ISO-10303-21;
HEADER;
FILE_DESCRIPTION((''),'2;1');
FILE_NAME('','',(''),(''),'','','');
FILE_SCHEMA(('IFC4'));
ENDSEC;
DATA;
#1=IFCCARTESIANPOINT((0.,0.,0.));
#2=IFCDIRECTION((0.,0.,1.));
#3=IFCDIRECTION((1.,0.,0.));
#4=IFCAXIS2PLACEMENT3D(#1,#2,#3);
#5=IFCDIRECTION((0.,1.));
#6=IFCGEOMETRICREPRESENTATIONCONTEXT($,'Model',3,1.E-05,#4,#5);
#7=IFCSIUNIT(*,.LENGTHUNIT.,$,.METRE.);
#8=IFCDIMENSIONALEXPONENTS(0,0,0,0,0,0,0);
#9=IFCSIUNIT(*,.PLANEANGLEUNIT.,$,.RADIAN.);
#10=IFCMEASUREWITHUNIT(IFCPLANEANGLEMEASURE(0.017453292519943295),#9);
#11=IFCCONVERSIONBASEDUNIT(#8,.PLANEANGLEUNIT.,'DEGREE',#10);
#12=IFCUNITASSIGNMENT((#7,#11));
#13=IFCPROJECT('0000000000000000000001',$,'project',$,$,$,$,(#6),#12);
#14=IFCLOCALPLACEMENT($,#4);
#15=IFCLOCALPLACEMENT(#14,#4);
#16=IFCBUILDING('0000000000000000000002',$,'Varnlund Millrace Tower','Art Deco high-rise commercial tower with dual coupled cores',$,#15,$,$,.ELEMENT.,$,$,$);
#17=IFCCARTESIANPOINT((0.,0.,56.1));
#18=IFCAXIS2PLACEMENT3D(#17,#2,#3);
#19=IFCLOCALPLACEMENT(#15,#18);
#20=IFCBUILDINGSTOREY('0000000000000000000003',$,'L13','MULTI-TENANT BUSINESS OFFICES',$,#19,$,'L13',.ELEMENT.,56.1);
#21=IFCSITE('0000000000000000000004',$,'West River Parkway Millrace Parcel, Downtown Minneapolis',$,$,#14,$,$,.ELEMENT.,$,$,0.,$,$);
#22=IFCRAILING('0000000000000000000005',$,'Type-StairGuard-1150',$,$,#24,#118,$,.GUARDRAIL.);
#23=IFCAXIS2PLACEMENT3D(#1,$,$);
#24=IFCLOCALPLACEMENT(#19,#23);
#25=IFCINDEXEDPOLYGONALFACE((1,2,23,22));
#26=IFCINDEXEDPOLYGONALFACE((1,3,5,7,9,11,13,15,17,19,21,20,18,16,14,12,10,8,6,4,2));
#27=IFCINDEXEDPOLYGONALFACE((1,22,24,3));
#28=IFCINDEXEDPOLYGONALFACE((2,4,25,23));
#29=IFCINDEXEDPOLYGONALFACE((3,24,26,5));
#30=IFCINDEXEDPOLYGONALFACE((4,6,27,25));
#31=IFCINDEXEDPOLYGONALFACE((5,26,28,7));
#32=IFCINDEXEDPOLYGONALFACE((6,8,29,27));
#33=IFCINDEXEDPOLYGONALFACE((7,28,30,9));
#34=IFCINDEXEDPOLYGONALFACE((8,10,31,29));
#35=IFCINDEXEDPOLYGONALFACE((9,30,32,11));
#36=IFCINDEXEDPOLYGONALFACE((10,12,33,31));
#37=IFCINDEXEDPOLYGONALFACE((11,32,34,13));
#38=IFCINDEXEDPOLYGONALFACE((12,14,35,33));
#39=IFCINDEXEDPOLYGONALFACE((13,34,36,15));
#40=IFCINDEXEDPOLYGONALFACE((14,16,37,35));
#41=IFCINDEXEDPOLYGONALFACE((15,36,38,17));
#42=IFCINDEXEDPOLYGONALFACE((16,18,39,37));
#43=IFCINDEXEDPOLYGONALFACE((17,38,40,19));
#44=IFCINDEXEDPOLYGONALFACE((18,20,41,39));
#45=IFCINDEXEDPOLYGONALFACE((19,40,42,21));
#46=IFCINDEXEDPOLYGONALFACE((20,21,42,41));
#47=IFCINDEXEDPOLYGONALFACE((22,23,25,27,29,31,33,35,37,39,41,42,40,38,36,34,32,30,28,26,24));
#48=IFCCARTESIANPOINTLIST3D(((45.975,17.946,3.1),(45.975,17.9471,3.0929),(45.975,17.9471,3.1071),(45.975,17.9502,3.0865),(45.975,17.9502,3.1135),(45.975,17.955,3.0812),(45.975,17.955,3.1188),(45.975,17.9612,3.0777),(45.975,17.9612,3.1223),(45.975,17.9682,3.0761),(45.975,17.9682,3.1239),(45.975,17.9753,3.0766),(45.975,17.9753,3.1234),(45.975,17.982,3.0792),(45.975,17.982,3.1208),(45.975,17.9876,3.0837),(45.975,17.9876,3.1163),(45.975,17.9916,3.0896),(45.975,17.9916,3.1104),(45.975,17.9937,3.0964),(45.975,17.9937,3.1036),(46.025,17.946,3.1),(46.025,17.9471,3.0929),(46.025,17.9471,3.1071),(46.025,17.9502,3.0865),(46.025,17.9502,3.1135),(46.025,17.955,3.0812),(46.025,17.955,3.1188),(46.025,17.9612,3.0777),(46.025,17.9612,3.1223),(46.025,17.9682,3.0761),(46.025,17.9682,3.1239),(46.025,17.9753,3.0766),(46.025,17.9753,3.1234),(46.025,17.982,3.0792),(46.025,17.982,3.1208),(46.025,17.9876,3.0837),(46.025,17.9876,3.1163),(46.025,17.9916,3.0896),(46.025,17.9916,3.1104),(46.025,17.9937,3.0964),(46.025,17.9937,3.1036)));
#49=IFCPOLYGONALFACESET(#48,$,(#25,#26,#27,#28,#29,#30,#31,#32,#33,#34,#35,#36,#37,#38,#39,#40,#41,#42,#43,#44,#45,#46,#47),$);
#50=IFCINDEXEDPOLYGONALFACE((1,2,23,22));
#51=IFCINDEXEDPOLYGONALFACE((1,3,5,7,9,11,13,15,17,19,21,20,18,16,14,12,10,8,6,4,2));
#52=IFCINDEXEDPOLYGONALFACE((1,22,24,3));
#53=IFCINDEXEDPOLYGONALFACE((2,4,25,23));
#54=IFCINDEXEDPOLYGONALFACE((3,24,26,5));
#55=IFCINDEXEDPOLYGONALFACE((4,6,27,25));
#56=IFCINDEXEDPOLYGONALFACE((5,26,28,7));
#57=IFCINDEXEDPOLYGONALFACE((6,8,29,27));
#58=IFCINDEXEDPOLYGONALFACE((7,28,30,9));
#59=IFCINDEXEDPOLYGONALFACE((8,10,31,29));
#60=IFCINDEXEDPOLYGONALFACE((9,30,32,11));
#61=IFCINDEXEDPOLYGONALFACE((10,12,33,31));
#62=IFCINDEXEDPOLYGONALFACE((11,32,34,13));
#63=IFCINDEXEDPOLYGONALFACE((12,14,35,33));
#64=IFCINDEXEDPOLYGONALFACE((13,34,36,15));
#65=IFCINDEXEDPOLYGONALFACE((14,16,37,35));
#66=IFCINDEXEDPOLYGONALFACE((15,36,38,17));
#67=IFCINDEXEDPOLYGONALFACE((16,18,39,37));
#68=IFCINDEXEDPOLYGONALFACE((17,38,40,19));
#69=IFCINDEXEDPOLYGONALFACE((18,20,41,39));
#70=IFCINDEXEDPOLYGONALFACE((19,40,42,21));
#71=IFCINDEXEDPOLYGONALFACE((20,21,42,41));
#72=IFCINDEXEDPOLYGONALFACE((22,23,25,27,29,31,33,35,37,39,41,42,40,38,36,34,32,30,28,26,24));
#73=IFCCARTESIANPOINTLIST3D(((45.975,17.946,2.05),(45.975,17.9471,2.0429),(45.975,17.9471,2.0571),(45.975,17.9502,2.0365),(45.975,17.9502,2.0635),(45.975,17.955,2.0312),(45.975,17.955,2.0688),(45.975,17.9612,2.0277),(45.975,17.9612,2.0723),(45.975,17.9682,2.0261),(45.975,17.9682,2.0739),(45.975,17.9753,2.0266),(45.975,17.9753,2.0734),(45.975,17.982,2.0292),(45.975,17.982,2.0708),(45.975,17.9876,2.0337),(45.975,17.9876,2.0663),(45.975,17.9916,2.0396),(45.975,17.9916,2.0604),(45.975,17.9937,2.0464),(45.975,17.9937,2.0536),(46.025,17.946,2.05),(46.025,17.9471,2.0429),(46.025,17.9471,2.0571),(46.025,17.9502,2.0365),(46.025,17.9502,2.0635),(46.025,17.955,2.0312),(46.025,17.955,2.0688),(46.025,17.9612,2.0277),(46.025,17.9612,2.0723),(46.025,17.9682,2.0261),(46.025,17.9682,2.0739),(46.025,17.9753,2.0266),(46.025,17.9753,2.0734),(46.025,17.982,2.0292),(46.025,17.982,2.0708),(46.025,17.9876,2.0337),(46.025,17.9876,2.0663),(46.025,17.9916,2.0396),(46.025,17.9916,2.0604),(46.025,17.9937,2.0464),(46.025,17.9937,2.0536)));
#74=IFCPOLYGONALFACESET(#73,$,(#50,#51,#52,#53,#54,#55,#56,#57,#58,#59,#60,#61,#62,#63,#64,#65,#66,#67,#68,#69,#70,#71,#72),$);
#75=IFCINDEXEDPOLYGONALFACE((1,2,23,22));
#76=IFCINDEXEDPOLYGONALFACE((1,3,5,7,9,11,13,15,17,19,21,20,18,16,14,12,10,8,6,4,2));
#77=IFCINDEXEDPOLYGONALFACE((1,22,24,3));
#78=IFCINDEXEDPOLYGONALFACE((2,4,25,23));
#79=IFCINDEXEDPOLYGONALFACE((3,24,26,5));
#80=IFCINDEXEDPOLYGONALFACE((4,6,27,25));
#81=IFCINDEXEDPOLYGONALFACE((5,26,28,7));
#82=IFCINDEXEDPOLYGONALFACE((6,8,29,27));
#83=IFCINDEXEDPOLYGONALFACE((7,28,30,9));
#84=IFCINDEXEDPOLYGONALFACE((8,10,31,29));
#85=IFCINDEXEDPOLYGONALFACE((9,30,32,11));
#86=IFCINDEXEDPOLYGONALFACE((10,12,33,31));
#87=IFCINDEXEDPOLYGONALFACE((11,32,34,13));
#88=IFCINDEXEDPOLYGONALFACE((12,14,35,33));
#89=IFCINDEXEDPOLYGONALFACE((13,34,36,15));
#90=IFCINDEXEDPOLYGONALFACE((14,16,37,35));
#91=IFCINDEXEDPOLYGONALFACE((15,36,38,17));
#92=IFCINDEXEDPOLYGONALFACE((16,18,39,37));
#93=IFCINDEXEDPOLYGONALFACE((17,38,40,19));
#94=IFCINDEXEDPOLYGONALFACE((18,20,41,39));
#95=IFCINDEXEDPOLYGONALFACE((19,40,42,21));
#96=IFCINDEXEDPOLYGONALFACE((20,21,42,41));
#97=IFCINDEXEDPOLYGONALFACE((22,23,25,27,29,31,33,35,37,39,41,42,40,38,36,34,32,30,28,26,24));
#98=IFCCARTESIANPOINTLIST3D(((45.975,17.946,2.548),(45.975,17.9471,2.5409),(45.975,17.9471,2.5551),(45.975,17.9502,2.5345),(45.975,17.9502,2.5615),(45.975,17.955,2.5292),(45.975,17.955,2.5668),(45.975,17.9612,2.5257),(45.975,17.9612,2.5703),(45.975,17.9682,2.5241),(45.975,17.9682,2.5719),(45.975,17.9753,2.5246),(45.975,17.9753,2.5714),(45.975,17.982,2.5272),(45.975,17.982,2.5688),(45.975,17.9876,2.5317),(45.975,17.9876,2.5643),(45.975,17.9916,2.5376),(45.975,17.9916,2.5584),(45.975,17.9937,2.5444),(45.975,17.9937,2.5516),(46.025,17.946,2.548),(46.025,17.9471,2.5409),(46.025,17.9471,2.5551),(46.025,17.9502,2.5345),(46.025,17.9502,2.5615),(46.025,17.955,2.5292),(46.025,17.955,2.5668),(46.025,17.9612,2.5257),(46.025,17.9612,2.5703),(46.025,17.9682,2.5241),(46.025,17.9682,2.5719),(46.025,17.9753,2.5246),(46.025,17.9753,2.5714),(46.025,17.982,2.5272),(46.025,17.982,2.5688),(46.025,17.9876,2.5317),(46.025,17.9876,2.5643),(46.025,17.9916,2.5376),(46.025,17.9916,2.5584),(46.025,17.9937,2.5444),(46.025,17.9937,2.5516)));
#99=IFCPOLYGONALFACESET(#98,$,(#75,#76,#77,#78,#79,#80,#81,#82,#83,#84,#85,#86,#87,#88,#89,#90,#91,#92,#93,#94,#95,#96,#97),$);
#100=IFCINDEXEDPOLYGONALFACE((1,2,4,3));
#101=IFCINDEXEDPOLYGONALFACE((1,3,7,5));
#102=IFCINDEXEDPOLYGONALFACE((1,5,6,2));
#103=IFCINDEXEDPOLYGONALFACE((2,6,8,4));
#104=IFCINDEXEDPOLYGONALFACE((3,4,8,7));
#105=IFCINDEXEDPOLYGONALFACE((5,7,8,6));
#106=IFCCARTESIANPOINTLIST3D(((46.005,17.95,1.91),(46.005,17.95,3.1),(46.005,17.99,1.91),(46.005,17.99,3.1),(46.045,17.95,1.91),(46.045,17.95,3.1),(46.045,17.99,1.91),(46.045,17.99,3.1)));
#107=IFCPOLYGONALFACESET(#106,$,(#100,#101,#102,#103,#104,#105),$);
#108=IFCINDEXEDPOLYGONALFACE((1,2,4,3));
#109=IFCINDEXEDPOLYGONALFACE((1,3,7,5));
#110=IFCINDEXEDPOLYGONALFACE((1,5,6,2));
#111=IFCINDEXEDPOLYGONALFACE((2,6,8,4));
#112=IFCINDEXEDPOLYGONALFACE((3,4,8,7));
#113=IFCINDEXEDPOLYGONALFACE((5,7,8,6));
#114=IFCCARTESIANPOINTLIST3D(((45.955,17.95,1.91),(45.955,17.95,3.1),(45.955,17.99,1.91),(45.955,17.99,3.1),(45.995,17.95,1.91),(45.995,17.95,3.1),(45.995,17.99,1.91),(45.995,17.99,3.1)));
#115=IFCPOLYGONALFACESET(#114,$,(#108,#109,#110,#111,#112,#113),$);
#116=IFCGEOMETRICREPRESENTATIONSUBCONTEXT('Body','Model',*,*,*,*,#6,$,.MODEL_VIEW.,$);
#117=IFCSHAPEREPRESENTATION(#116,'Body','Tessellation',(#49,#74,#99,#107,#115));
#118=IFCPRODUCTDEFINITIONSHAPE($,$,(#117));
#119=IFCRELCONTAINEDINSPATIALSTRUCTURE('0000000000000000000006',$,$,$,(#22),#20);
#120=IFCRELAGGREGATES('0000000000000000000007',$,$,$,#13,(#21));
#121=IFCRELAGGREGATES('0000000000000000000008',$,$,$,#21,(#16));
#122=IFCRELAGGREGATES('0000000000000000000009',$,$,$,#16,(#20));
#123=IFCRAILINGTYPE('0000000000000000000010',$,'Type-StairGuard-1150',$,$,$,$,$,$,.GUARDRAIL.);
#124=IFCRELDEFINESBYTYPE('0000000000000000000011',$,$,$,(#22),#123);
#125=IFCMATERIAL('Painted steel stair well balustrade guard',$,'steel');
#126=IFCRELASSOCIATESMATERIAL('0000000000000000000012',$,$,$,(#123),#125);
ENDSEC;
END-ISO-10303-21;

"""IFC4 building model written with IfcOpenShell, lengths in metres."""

from ifc_helpers import new_model, entity, si_unit, converted_unit, direction, frame, origin_with_axes, origin_2d_with_axis, place, context, subcontext, project, spatial, rectangle, circle, extrude, material, type_object, element, save


model = new_model("IFC4")

# Units and contexts
model_context = context("Model", 3, precision=1e-05, world=origin_with_axes(), true_north=direction((0.0, 1.0)))
body_context = subcontext(model_context, "Body", "Model", "MODEL_VIEW")
ifc_project = project(units=[si_unit("LENGTHUNIT", "METRE"), converted_unit("PLANEANGLEUNIT", "DEGREE", entity("IfcPlaneAngleMeasure", 0.017453292519943295), si_unit("PLANEANGLEUNIT", "RADIAN"), dimensions=[0, 0, 0, 0, 0, 0, 0])], contexts=[model_context])

# Site, building, storey
site_placement = place(None, origin_with_axes())
site = spatial("IfcSite", under=ifc_project, at=site_placement, Name="West River Parkway Millrace Parcel, Downtown Minneapolis", CompositionType="ELEMENT", RefElevation=0.0)
building_placement = place(site_placement, origin_with_axes())
building = spatial("IfcBuilding", under=site, at=building_placement, Name="Varnlund Millrace Tower", Description="Art Deco high-rise commercial tower with dual coupled cores", CompositionType="ELEMENT")
storey_placement = place(building_placement, frame((0.0, 0.0, 56.1), z_axis=(0.0, 0.0, 1.0), x_axis=(1.0, 0.0, 0.0)))
storey = spatial("IfcBuildingStorey", under=building, at=storey_placement, Name="L13", Description="MULTI-TENANT BUSINESS OFFICES", LongName="L13", CompositionType="ELEMENT", Elevation=56.1)

# Railing
ifc_material_1 = material(Name="Painted steel stair well balustrade guard", Category="steel")
railing_type_1 = type_object("IfcRailingType", Name="Type-StairGuard-1150", PredefinedType="GUARDRAIL", material=ifc_material_1)
railing_1_placement = place(storey_placement, frame((0.0, 0.0, -56.1), z_axis=(0.0, 0.0, 1.0), x_axis=(1.0, 0.0, 0.0)))
element("IfcRailing", 1, at=railing_1_placement, inside=storey, type_object=railing_type_1, Name="Type-StairGuard-1150", PredefinedType="GUARDRAIL", context=body_context, shape_type="SweptSolid", body=[
    extrude(circle(Radius=0.024, at=origin_2d_with_axis()), frame((46.025, 17.97, 59.2), z_axis=(-1.0, 0.0, 0.0), x_axis=(0.0, -1.0, 0.0)), (0.0, 0.0, 1.0), 0.05),
    extrude(circle(Radius=0.024, at=origin_2d_with_axis()), frame((46.025, 17.97, 58.15), z_axis=(-1.0, 0.0, 0.0), x_axis=(0.0, -1.0, 0.0)), (0.0, 0.0, 1.0), 0.05),
    extrude(circle(Radius=0.024, at=origin_2d_with_axis()), frame((46.025, 17.97, 58.648), z_axis=(-1.0, 0.0, 0.0), x_axis=(0.0, -1.0, 0.0)), (0.0, 0.0, 1.0), 0.05),
    extrude(rectangle(XDim=0.04, YDim=0.04, at=origin_2d_with_axis()), frame((46.025, 17.97, 58.01), z_axis=(0.0, 0.0, 1.0), x_axis=(1.0, 0.0, 0.0)), (0.0, 0.0, 1.0), 1.19),
    extrude(rectangle(XDim=0.04, YDim=0.04, at=origin_2d_with_axis()), frame((45.975, 17.97, 58.01), z_axis=(0.0, 0.0, 1.0), x_axis=(1.0, 0.0, 0.0)), (0.0, 0.0, 1.0), 1.19),
])

save(model, "model.ifc")
